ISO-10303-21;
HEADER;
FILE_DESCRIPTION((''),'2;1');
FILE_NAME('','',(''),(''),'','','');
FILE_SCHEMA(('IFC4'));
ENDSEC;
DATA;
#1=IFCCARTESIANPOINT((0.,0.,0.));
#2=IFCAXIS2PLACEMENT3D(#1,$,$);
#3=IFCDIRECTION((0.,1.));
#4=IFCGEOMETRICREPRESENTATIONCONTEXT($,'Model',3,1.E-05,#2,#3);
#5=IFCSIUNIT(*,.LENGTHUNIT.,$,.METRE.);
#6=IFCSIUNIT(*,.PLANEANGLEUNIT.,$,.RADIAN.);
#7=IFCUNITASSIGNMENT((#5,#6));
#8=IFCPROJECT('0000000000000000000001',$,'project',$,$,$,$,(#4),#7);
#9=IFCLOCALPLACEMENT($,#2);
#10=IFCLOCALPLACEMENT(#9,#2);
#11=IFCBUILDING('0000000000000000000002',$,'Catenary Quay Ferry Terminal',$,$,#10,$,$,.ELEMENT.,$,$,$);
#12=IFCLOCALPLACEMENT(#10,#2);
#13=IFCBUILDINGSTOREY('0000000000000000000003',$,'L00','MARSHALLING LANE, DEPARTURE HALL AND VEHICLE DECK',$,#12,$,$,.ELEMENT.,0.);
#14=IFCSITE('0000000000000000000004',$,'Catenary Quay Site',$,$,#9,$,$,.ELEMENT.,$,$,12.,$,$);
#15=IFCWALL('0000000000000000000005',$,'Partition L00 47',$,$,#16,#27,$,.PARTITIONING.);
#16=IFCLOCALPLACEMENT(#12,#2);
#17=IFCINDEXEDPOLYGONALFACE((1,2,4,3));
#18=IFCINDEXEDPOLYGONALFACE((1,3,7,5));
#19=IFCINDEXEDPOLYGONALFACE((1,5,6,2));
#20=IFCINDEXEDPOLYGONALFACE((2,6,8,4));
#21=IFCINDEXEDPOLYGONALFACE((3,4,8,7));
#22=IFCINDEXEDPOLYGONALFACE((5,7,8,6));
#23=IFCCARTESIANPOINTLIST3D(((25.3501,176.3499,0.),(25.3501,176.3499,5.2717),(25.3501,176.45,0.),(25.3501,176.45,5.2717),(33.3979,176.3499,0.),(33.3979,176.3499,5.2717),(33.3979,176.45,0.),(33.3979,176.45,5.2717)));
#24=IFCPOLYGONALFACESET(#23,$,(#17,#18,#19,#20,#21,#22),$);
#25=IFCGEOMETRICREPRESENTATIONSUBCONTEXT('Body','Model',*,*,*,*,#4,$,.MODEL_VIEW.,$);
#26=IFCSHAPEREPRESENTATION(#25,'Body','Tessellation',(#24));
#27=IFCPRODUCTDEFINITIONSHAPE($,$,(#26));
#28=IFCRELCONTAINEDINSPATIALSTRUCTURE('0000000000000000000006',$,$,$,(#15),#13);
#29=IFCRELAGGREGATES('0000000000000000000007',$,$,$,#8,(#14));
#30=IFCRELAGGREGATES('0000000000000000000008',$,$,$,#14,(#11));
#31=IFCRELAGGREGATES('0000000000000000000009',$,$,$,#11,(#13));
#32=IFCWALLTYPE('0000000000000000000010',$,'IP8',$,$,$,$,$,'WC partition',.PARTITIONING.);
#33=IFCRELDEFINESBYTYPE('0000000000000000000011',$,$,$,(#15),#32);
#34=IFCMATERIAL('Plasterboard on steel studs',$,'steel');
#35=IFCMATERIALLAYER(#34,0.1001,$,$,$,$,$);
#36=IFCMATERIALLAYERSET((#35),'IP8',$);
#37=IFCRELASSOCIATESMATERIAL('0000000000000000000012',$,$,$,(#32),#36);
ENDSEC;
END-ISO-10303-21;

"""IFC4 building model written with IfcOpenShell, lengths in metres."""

from ifc_helpers import new_model, si_unit, direction, frame, frame_2d, origin, place, context, subcontext, project, spatial, rectangle, extrude, material, layer, layer_set, type_object, element, save


model = new_model("IFC4")

# Units and contexts
model_context = context("Model", 3, precision=1e-05, world=origin(), true_north=direction((0.0, 1.0)))
body_context = subcontext(model_context, "Body", "Model", "MODEL_VIEW")
ifc_project = project(units=[si_unit("LENGTHUNIT", "METRE"), si_unit("PLANEANGLEUNIT", "RADIAN")], contexts=[model_context])

# Site, building, storey
site_placement = place(None, origin())
site = spatial("IfcSite", under=ifc_project, at=site_placement, Name="Catenary Quay Site", CompositionType="ELEMENT", RefElevation=12.0)
building_placement = place(site_placement, origin())
building = spatial("IfcBuilding", under=site, at=building_placement, Name="Catenary Quay Ferry Terminal", CompositionType="ELEMENT")
storey_placement = place(building_placement, origin())
storey = spatial("IfcBuildingStorey", under=building, at=storey_placement, Name="L00", Description="MARSHALLING LANE, DEPARTURE HALL AND VEHICLE DECK", CompositionType="ELEMENT", Elevation=0.0)

# Wall
ifc_material_1 = material(Name="Plasterboard on steel studs", Category="steel")
ifc_layer_1 = layer(ifc_material_1, 0.1001)
ifc_layer_set_1 = layer_set([ifc_layer_1], Name="IP8")
wall_type_1 = type_object("IfcWallType", Name="IP8", ElementType="WC partition", PredefinedType="PARTITIONING", material=ifc_layer_set_1)
wall_1_placement = place(storey_placement, frame((25.3501, 176.3999, 0.0), z_axis=(0.0, 0.0, 1.0), x_axis=(1.0, 0.0, 0.0)))
element("IfcWall", 1, at=wall_1_placement, inside=storey, type_object=wall_type_1, Name="Partition L00 47", PredefinedType="PARTITIONING", context=body_context, shape_type="SweptSolid", body=[
    extrude(rectangle(XDim=8.0479, YDim=0.1001, at=frame_2d((4.0239, 0.0))), origin(), (0.0, 0.0, 1.0), 5.2717),
])

save(model, "model.ifc")
